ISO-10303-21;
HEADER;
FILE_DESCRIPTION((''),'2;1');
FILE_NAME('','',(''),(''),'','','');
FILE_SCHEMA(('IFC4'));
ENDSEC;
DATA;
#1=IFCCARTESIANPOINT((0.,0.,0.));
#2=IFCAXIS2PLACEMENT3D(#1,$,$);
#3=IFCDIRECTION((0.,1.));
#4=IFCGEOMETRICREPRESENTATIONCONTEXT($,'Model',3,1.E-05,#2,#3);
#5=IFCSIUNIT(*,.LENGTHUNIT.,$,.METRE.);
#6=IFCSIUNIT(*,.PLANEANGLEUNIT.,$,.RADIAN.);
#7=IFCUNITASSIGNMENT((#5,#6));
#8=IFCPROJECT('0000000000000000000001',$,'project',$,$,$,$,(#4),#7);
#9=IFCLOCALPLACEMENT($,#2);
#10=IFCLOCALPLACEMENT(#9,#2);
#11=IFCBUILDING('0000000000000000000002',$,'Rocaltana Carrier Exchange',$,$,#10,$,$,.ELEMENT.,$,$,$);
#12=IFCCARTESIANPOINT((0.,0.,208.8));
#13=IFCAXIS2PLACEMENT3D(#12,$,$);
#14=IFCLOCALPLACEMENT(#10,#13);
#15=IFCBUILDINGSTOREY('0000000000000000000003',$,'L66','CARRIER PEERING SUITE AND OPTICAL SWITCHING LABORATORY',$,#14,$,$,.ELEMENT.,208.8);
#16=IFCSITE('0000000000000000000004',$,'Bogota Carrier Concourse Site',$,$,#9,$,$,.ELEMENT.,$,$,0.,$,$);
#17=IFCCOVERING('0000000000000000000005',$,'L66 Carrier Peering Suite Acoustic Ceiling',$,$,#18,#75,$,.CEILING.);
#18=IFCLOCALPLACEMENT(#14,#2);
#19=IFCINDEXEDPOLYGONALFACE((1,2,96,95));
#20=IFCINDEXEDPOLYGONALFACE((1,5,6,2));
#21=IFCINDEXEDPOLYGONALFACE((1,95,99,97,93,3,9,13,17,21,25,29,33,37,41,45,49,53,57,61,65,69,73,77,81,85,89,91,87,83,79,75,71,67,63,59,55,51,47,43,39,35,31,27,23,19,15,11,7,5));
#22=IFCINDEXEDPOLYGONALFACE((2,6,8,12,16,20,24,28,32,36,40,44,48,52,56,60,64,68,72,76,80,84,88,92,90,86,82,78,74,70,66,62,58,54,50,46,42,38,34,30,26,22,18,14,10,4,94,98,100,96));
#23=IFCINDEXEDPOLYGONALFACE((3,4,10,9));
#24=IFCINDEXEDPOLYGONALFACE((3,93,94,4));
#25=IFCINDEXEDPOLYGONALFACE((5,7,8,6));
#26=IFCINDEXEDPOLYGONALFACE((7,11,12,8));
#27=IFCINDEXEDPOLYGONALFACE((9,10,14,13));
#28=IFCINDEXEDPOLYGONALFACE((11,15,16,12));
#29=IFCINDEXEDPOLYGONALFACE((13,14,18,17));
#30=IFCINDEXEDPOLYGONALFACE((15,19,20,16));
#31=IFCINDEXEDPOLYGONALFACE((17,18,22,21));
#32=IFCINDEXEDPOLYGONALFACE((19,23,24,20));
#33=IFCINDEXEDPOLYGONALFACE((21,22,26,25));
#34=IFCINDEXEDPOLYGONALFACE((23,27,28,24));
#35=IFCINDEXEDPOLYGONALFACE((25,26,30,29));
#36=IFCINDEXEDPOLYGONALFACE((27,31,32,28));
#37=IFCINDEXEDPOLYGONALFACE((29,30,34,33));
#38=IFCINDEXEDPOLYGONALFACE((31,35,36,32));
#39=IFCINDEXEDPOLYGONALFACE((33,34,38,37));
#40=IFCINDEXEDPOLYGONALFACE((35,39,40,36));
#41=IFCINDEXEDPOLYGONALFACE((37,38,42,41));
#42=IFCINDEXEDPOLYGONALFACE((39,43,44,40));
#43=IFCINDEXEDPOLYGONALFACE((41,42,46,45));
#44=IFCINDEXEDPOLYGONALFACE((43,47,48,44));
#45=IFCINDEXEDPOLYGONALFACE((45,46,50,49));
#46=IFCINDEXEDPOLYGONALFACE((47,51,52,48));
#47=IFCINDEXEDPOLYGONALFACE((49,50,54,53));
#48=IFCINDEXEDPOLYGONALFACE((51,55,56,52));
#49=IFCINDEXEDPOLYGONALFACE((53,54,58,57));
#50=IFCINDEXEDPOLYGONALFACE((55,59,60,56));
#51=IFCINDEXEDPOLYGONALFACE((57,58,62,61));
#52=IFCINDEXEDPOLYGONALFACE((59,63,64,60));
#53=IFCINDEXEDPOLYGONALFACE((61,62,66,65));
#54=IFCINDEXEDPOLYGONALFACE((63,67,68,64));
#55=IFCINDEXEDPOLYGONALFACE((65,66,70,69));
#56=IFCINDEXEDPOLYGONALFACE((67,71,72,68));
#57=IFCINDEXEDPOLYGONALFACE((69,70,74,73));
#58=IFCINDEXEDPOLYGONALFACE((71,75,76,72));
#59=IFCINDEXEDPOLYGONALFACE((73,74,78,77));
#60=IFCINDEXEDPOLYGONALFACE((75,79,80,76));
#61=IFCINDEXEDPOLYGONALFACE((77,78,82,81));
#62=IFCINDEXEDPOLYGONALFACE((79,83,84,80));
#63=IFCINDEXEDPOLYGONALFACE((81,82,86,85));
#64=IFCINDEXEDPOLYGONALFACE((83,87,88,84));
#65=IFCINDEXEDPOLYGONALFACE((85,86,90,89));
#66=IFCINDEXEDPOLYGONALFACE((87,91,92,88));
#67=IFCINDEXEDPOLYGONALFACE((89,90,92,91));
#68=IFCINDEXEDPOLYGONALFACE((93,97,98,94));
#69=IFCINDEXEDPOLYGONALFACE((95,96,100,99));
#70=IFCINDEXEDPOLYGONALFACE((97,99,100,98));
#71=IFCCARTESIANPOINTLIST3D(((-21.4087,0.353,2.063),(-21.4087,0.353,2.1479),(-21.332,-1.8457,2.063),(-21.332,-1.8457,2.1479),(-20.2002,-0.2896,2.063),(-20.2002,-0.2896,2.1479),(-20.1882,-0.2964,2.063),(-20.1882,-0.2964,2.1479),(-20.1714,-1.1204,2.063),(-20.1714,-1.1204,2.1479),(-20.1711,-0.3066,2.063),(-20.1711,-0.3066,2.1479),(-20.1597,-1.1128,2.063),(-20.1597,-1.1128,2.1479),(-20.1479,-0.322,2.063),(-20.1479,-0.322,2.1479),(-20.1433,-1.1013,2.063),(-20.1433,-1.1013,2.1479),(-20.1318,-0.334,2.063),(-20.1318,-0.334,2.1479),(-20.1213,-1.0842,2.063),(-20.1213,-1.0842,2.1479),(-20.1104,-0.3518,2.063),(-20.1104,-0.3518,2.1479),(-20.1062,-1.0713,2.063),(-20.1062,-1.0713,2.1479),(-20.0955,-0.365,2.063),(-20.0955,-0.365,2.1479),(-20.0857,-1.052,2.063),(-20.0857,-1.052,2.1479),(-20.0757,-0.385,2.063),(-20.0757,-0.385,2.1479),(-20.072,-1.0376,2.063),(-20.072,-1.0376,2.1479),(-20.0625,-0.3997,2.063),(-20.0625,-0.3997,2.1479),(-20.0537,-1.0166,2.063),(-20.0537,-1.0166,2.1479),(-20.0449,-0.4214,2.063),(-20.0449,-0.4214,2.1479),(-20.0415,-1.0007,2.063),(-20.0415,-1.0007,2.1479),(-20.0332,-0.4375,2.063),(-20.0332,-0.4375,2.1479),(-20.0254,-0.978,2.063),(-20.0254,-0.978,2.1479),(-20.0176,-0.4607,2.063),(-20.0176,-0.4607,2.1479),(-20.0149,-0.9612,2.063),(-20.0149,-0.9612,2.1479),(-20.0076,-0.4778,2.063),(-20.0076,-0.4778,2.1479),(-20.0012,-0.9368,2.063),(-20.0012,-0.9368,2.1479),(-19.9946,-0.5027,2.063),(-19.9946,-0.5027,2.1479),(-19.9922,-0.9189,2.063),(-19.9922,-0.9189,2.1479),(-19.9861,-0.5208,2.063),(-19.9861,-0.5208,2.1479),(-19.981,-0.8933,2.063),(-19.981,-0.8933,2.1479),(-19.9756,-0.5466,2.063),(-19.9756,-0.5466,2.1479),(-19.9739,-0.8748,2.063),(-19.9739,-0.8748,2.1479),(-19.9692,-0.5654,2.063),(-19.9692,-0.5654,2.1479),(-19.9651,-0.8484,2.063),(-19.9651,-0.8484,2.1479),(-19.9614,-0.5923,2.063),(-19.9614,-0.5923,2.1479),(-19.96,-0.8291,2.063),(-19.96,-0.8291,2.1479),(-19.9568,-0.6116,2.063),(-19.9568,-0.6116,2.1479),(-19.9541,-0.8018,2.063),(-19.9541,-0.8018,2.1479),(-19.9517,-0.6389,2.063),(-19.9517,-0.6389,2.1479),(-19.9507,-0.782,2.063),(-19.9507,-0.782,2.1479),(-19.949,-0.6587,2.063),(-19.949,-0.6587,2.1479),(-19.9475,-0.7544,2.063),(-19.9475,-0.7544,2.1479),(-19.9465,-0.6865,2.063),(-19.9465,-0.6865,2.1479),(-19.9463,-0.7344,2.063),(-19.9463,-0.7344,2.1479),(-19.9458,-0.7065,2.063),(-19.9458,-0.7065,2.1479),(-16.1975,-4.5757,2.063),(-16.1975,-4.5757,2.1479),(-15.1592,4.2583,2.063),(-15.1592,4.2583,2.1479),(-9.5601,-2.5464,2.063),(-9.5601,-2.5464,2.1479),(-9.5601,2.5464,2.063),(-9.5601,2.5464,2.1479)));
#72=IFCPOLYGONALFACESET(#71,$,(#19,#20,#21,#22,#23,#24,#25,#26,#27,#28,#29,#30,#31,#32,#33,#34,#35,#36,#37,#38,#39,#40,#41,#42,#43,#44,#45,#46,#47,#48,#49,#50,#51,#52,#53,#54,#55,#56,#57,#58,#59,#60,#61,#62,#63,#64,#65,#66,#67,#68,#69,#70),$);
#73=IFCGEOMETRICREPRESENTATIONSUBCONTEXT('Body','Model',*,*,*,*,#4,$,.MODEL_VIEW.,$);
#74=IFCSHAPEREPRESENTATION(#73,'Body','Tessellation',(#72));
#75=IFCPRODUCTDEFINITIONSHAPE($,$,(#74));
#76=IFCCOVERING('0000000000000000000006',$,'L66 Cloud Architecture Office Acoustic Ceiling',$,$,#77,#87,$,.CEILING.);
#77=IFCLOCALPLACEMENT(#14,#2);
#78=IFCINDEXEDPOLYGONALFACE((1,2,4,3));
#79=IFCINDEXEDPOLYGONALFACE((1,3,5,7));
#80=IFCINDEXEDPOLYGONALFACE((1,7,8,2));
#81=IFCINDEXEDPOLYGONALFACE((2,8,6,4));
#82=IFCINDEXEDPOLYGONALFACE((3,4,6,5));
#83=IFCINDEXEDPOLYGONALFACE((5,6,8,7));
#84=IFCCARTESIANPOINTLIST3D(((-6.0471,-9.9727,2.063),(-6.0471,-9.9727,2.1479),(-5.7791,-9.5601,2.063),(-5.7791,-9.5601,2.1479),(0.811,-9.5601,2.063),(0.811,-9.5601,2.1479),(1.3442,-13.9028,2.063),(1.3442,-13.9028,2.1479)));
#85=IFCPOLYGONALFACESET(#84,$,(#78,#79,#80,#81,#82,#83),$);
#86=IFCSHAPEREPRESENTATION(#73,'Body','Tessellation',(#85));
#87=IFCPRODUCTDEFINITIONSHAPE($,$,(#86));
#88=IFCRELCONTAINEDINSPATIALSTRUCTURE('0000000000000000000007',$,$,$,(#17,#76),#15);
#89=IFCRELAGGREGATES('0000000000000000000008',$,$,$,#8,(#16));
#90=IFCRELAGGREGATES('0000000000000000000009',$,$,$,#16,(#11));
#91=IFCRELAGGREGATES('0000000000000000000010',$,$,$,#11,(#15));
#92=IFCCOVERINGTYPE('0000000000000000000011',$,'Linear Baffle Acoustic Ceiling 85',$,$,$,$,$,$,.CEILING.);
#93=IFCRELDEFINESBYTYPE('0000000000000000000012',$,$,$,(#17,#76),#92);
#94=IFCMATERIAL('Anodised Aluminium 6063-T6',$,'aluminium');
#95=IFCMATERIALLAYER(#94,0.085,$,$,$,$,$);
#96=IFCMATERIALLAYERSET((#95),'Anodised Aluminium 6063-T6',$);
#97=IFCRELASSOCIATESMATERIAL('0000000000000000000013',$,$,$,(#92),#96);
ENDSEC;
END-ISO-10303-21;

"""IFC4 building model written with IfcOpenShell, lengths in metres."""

from ifc_helpers import new_model, si_unit, direction, frame, origin, place, context, subcontext, project, spatial, polyline, outline, extrude, material, layer, layer_set, type_object, element, save


model = new_model("IFC4")

# Units and contexts
model_context = context("Model", 3, precision=1e-05, world=origin(), true_north=direction((0.0, 1.0)))
body_context = subcontext(model_context, "Body", "Model", "MODEL_VIEW")
ifc_project = project(units=[si_unit("LENGTHUNIT", "METRE"), si_unit("PLANEANGLEUNIT", "RADIAN")], contexts=[model_context])

# Site, building, storey
site_placement = place(None, origin())
site = spatial("IfcSite", under=ifc_project, at=site_placement, Name="Bogota Carrier Concourse Site", CompositionType="ELEMENT", RefElevation=0.0)
building_placement = place(site_placement, origin())
building = spatial("IfcBuilding", under=site, at=building_placement, Name="Rocaltana Carrier Exchange", CompositionType="ELEMENT")
storey_placement = place(building_placement, frame((0.0, 0.0, 208.8)))
storey = spatial("IfcBuildingStorey", under=building, at=storey_placement, Name="L66", Description="CARRIER PEERING SUITE AND OPTICAL SWITCHING LABORATORY", CompositionType="ELEMENT", Elevation=208.8)

# Coverings
ifc_material_1 = material(Name="Anodised Aluminium 6063-T6", Category="aluminium")
ifc_layer_1 = layer(ifc_material_1, 0.085)
ifc_layer_set_1 = layer_set([ifc_layer_1], Name="Anodised Aluminium 6063-T6")
covering_type_1 = type_object("IfcCoveringType", Name="Linear Baffle Acoustic Ceiling 85", PredefinedType="CEILING", material=ifc_layer_set_1)
covering_1_placement = place(storey_placement, frame((0.0, 0.0, 2.063)))
element("IfcCovering", 1, at=covering_1_placement, inside=storey, type_object=covering_type_1, Name="L66 Carrier Peering Suite Acoustic Ceiling", PredefinedType="CEILING", context=body_context, shape_type="SweptSolid", body=[
    extrude(outline(polyline([(-20.1714, -1.1204), (-20.1597, -1.1128), (-20.1433, -1.1013), (-20.1213, -1.0842), (-20.1062, -1.0713), (-20.0857, -1.052), (-20.072, -1.0376), (-20.0537, -1.0166), (-20.0415, -1.0007), (-20.0254, -0.978), (-20.0149, -0.9612), (-20.0012, -0.9368), (-19.9922, -0.9189), (-19.981, -0.8933), (-19.9739, -0.8748), (-19.9651, -0.8484), (-19.96, -0.8291), (-19.9541, -0.8018), (-19.9507, -0.782), (-19.9475, -0.7544), (-19.9463, -0.7344), (-19.9458, -0.7065), (-19.9465, -0.6865), (-19.949, -0.6587), (-19.9517, -0.6389), (-19.9568, -0.6116), (-19.9614, -0.5923), (-19.9692, -0.5654), (-19.9756, -0.5466), (-19.9861, -0.5208), (-19.9946, -0.5027), (-20.0076, -0.4778), (-20.0176, -0.4607), (-20.0332, -0.4375), (-20.0449, -0.4214), (-20.0625, -0.3997), (-20.0757, -0.385), (-20.0955, -0.365), (-20.1104, -0.3518), (-20.1318, -0.334), (-20.1479, -0.322), (-20.1711, -0.3066), (-20.1882, -0.2964), (-20.2002, -0.2896), (-21.4087, 0.353), (-15.1592, 4.2583), (-9.5601, 2.5464), (-9.5601, -2.5464), (-16.1975, -4.5757), (-21.332, -1.8457), (-20.1714, -1.1204)])), origin(), (0.0, 0.0, 1.0), 0.085),
])
covering_2_placement = place(storey_placement, frame((0.0, 0.0, 2.063)))
element("IfcCovering", 2, at=covering_2_placement, inside=storey, type_object=covering_type_1, Name="L66 Cloud Architecture Office Acoustic Ceiling", PredefinedType="CEILING", context=body_context, shape_type="SweptSolid", body=[
    extrude(outline(polyline([(-6.0471, -9.9727), (-5.7791, -9.5601), (0.811, -9.5601), (1.3442, -13.9028), (-6.0471, -9.9727)])), origin(), (0.0, 0.0, 1.0), 0.085),
])

save(model, "model.ifc")
